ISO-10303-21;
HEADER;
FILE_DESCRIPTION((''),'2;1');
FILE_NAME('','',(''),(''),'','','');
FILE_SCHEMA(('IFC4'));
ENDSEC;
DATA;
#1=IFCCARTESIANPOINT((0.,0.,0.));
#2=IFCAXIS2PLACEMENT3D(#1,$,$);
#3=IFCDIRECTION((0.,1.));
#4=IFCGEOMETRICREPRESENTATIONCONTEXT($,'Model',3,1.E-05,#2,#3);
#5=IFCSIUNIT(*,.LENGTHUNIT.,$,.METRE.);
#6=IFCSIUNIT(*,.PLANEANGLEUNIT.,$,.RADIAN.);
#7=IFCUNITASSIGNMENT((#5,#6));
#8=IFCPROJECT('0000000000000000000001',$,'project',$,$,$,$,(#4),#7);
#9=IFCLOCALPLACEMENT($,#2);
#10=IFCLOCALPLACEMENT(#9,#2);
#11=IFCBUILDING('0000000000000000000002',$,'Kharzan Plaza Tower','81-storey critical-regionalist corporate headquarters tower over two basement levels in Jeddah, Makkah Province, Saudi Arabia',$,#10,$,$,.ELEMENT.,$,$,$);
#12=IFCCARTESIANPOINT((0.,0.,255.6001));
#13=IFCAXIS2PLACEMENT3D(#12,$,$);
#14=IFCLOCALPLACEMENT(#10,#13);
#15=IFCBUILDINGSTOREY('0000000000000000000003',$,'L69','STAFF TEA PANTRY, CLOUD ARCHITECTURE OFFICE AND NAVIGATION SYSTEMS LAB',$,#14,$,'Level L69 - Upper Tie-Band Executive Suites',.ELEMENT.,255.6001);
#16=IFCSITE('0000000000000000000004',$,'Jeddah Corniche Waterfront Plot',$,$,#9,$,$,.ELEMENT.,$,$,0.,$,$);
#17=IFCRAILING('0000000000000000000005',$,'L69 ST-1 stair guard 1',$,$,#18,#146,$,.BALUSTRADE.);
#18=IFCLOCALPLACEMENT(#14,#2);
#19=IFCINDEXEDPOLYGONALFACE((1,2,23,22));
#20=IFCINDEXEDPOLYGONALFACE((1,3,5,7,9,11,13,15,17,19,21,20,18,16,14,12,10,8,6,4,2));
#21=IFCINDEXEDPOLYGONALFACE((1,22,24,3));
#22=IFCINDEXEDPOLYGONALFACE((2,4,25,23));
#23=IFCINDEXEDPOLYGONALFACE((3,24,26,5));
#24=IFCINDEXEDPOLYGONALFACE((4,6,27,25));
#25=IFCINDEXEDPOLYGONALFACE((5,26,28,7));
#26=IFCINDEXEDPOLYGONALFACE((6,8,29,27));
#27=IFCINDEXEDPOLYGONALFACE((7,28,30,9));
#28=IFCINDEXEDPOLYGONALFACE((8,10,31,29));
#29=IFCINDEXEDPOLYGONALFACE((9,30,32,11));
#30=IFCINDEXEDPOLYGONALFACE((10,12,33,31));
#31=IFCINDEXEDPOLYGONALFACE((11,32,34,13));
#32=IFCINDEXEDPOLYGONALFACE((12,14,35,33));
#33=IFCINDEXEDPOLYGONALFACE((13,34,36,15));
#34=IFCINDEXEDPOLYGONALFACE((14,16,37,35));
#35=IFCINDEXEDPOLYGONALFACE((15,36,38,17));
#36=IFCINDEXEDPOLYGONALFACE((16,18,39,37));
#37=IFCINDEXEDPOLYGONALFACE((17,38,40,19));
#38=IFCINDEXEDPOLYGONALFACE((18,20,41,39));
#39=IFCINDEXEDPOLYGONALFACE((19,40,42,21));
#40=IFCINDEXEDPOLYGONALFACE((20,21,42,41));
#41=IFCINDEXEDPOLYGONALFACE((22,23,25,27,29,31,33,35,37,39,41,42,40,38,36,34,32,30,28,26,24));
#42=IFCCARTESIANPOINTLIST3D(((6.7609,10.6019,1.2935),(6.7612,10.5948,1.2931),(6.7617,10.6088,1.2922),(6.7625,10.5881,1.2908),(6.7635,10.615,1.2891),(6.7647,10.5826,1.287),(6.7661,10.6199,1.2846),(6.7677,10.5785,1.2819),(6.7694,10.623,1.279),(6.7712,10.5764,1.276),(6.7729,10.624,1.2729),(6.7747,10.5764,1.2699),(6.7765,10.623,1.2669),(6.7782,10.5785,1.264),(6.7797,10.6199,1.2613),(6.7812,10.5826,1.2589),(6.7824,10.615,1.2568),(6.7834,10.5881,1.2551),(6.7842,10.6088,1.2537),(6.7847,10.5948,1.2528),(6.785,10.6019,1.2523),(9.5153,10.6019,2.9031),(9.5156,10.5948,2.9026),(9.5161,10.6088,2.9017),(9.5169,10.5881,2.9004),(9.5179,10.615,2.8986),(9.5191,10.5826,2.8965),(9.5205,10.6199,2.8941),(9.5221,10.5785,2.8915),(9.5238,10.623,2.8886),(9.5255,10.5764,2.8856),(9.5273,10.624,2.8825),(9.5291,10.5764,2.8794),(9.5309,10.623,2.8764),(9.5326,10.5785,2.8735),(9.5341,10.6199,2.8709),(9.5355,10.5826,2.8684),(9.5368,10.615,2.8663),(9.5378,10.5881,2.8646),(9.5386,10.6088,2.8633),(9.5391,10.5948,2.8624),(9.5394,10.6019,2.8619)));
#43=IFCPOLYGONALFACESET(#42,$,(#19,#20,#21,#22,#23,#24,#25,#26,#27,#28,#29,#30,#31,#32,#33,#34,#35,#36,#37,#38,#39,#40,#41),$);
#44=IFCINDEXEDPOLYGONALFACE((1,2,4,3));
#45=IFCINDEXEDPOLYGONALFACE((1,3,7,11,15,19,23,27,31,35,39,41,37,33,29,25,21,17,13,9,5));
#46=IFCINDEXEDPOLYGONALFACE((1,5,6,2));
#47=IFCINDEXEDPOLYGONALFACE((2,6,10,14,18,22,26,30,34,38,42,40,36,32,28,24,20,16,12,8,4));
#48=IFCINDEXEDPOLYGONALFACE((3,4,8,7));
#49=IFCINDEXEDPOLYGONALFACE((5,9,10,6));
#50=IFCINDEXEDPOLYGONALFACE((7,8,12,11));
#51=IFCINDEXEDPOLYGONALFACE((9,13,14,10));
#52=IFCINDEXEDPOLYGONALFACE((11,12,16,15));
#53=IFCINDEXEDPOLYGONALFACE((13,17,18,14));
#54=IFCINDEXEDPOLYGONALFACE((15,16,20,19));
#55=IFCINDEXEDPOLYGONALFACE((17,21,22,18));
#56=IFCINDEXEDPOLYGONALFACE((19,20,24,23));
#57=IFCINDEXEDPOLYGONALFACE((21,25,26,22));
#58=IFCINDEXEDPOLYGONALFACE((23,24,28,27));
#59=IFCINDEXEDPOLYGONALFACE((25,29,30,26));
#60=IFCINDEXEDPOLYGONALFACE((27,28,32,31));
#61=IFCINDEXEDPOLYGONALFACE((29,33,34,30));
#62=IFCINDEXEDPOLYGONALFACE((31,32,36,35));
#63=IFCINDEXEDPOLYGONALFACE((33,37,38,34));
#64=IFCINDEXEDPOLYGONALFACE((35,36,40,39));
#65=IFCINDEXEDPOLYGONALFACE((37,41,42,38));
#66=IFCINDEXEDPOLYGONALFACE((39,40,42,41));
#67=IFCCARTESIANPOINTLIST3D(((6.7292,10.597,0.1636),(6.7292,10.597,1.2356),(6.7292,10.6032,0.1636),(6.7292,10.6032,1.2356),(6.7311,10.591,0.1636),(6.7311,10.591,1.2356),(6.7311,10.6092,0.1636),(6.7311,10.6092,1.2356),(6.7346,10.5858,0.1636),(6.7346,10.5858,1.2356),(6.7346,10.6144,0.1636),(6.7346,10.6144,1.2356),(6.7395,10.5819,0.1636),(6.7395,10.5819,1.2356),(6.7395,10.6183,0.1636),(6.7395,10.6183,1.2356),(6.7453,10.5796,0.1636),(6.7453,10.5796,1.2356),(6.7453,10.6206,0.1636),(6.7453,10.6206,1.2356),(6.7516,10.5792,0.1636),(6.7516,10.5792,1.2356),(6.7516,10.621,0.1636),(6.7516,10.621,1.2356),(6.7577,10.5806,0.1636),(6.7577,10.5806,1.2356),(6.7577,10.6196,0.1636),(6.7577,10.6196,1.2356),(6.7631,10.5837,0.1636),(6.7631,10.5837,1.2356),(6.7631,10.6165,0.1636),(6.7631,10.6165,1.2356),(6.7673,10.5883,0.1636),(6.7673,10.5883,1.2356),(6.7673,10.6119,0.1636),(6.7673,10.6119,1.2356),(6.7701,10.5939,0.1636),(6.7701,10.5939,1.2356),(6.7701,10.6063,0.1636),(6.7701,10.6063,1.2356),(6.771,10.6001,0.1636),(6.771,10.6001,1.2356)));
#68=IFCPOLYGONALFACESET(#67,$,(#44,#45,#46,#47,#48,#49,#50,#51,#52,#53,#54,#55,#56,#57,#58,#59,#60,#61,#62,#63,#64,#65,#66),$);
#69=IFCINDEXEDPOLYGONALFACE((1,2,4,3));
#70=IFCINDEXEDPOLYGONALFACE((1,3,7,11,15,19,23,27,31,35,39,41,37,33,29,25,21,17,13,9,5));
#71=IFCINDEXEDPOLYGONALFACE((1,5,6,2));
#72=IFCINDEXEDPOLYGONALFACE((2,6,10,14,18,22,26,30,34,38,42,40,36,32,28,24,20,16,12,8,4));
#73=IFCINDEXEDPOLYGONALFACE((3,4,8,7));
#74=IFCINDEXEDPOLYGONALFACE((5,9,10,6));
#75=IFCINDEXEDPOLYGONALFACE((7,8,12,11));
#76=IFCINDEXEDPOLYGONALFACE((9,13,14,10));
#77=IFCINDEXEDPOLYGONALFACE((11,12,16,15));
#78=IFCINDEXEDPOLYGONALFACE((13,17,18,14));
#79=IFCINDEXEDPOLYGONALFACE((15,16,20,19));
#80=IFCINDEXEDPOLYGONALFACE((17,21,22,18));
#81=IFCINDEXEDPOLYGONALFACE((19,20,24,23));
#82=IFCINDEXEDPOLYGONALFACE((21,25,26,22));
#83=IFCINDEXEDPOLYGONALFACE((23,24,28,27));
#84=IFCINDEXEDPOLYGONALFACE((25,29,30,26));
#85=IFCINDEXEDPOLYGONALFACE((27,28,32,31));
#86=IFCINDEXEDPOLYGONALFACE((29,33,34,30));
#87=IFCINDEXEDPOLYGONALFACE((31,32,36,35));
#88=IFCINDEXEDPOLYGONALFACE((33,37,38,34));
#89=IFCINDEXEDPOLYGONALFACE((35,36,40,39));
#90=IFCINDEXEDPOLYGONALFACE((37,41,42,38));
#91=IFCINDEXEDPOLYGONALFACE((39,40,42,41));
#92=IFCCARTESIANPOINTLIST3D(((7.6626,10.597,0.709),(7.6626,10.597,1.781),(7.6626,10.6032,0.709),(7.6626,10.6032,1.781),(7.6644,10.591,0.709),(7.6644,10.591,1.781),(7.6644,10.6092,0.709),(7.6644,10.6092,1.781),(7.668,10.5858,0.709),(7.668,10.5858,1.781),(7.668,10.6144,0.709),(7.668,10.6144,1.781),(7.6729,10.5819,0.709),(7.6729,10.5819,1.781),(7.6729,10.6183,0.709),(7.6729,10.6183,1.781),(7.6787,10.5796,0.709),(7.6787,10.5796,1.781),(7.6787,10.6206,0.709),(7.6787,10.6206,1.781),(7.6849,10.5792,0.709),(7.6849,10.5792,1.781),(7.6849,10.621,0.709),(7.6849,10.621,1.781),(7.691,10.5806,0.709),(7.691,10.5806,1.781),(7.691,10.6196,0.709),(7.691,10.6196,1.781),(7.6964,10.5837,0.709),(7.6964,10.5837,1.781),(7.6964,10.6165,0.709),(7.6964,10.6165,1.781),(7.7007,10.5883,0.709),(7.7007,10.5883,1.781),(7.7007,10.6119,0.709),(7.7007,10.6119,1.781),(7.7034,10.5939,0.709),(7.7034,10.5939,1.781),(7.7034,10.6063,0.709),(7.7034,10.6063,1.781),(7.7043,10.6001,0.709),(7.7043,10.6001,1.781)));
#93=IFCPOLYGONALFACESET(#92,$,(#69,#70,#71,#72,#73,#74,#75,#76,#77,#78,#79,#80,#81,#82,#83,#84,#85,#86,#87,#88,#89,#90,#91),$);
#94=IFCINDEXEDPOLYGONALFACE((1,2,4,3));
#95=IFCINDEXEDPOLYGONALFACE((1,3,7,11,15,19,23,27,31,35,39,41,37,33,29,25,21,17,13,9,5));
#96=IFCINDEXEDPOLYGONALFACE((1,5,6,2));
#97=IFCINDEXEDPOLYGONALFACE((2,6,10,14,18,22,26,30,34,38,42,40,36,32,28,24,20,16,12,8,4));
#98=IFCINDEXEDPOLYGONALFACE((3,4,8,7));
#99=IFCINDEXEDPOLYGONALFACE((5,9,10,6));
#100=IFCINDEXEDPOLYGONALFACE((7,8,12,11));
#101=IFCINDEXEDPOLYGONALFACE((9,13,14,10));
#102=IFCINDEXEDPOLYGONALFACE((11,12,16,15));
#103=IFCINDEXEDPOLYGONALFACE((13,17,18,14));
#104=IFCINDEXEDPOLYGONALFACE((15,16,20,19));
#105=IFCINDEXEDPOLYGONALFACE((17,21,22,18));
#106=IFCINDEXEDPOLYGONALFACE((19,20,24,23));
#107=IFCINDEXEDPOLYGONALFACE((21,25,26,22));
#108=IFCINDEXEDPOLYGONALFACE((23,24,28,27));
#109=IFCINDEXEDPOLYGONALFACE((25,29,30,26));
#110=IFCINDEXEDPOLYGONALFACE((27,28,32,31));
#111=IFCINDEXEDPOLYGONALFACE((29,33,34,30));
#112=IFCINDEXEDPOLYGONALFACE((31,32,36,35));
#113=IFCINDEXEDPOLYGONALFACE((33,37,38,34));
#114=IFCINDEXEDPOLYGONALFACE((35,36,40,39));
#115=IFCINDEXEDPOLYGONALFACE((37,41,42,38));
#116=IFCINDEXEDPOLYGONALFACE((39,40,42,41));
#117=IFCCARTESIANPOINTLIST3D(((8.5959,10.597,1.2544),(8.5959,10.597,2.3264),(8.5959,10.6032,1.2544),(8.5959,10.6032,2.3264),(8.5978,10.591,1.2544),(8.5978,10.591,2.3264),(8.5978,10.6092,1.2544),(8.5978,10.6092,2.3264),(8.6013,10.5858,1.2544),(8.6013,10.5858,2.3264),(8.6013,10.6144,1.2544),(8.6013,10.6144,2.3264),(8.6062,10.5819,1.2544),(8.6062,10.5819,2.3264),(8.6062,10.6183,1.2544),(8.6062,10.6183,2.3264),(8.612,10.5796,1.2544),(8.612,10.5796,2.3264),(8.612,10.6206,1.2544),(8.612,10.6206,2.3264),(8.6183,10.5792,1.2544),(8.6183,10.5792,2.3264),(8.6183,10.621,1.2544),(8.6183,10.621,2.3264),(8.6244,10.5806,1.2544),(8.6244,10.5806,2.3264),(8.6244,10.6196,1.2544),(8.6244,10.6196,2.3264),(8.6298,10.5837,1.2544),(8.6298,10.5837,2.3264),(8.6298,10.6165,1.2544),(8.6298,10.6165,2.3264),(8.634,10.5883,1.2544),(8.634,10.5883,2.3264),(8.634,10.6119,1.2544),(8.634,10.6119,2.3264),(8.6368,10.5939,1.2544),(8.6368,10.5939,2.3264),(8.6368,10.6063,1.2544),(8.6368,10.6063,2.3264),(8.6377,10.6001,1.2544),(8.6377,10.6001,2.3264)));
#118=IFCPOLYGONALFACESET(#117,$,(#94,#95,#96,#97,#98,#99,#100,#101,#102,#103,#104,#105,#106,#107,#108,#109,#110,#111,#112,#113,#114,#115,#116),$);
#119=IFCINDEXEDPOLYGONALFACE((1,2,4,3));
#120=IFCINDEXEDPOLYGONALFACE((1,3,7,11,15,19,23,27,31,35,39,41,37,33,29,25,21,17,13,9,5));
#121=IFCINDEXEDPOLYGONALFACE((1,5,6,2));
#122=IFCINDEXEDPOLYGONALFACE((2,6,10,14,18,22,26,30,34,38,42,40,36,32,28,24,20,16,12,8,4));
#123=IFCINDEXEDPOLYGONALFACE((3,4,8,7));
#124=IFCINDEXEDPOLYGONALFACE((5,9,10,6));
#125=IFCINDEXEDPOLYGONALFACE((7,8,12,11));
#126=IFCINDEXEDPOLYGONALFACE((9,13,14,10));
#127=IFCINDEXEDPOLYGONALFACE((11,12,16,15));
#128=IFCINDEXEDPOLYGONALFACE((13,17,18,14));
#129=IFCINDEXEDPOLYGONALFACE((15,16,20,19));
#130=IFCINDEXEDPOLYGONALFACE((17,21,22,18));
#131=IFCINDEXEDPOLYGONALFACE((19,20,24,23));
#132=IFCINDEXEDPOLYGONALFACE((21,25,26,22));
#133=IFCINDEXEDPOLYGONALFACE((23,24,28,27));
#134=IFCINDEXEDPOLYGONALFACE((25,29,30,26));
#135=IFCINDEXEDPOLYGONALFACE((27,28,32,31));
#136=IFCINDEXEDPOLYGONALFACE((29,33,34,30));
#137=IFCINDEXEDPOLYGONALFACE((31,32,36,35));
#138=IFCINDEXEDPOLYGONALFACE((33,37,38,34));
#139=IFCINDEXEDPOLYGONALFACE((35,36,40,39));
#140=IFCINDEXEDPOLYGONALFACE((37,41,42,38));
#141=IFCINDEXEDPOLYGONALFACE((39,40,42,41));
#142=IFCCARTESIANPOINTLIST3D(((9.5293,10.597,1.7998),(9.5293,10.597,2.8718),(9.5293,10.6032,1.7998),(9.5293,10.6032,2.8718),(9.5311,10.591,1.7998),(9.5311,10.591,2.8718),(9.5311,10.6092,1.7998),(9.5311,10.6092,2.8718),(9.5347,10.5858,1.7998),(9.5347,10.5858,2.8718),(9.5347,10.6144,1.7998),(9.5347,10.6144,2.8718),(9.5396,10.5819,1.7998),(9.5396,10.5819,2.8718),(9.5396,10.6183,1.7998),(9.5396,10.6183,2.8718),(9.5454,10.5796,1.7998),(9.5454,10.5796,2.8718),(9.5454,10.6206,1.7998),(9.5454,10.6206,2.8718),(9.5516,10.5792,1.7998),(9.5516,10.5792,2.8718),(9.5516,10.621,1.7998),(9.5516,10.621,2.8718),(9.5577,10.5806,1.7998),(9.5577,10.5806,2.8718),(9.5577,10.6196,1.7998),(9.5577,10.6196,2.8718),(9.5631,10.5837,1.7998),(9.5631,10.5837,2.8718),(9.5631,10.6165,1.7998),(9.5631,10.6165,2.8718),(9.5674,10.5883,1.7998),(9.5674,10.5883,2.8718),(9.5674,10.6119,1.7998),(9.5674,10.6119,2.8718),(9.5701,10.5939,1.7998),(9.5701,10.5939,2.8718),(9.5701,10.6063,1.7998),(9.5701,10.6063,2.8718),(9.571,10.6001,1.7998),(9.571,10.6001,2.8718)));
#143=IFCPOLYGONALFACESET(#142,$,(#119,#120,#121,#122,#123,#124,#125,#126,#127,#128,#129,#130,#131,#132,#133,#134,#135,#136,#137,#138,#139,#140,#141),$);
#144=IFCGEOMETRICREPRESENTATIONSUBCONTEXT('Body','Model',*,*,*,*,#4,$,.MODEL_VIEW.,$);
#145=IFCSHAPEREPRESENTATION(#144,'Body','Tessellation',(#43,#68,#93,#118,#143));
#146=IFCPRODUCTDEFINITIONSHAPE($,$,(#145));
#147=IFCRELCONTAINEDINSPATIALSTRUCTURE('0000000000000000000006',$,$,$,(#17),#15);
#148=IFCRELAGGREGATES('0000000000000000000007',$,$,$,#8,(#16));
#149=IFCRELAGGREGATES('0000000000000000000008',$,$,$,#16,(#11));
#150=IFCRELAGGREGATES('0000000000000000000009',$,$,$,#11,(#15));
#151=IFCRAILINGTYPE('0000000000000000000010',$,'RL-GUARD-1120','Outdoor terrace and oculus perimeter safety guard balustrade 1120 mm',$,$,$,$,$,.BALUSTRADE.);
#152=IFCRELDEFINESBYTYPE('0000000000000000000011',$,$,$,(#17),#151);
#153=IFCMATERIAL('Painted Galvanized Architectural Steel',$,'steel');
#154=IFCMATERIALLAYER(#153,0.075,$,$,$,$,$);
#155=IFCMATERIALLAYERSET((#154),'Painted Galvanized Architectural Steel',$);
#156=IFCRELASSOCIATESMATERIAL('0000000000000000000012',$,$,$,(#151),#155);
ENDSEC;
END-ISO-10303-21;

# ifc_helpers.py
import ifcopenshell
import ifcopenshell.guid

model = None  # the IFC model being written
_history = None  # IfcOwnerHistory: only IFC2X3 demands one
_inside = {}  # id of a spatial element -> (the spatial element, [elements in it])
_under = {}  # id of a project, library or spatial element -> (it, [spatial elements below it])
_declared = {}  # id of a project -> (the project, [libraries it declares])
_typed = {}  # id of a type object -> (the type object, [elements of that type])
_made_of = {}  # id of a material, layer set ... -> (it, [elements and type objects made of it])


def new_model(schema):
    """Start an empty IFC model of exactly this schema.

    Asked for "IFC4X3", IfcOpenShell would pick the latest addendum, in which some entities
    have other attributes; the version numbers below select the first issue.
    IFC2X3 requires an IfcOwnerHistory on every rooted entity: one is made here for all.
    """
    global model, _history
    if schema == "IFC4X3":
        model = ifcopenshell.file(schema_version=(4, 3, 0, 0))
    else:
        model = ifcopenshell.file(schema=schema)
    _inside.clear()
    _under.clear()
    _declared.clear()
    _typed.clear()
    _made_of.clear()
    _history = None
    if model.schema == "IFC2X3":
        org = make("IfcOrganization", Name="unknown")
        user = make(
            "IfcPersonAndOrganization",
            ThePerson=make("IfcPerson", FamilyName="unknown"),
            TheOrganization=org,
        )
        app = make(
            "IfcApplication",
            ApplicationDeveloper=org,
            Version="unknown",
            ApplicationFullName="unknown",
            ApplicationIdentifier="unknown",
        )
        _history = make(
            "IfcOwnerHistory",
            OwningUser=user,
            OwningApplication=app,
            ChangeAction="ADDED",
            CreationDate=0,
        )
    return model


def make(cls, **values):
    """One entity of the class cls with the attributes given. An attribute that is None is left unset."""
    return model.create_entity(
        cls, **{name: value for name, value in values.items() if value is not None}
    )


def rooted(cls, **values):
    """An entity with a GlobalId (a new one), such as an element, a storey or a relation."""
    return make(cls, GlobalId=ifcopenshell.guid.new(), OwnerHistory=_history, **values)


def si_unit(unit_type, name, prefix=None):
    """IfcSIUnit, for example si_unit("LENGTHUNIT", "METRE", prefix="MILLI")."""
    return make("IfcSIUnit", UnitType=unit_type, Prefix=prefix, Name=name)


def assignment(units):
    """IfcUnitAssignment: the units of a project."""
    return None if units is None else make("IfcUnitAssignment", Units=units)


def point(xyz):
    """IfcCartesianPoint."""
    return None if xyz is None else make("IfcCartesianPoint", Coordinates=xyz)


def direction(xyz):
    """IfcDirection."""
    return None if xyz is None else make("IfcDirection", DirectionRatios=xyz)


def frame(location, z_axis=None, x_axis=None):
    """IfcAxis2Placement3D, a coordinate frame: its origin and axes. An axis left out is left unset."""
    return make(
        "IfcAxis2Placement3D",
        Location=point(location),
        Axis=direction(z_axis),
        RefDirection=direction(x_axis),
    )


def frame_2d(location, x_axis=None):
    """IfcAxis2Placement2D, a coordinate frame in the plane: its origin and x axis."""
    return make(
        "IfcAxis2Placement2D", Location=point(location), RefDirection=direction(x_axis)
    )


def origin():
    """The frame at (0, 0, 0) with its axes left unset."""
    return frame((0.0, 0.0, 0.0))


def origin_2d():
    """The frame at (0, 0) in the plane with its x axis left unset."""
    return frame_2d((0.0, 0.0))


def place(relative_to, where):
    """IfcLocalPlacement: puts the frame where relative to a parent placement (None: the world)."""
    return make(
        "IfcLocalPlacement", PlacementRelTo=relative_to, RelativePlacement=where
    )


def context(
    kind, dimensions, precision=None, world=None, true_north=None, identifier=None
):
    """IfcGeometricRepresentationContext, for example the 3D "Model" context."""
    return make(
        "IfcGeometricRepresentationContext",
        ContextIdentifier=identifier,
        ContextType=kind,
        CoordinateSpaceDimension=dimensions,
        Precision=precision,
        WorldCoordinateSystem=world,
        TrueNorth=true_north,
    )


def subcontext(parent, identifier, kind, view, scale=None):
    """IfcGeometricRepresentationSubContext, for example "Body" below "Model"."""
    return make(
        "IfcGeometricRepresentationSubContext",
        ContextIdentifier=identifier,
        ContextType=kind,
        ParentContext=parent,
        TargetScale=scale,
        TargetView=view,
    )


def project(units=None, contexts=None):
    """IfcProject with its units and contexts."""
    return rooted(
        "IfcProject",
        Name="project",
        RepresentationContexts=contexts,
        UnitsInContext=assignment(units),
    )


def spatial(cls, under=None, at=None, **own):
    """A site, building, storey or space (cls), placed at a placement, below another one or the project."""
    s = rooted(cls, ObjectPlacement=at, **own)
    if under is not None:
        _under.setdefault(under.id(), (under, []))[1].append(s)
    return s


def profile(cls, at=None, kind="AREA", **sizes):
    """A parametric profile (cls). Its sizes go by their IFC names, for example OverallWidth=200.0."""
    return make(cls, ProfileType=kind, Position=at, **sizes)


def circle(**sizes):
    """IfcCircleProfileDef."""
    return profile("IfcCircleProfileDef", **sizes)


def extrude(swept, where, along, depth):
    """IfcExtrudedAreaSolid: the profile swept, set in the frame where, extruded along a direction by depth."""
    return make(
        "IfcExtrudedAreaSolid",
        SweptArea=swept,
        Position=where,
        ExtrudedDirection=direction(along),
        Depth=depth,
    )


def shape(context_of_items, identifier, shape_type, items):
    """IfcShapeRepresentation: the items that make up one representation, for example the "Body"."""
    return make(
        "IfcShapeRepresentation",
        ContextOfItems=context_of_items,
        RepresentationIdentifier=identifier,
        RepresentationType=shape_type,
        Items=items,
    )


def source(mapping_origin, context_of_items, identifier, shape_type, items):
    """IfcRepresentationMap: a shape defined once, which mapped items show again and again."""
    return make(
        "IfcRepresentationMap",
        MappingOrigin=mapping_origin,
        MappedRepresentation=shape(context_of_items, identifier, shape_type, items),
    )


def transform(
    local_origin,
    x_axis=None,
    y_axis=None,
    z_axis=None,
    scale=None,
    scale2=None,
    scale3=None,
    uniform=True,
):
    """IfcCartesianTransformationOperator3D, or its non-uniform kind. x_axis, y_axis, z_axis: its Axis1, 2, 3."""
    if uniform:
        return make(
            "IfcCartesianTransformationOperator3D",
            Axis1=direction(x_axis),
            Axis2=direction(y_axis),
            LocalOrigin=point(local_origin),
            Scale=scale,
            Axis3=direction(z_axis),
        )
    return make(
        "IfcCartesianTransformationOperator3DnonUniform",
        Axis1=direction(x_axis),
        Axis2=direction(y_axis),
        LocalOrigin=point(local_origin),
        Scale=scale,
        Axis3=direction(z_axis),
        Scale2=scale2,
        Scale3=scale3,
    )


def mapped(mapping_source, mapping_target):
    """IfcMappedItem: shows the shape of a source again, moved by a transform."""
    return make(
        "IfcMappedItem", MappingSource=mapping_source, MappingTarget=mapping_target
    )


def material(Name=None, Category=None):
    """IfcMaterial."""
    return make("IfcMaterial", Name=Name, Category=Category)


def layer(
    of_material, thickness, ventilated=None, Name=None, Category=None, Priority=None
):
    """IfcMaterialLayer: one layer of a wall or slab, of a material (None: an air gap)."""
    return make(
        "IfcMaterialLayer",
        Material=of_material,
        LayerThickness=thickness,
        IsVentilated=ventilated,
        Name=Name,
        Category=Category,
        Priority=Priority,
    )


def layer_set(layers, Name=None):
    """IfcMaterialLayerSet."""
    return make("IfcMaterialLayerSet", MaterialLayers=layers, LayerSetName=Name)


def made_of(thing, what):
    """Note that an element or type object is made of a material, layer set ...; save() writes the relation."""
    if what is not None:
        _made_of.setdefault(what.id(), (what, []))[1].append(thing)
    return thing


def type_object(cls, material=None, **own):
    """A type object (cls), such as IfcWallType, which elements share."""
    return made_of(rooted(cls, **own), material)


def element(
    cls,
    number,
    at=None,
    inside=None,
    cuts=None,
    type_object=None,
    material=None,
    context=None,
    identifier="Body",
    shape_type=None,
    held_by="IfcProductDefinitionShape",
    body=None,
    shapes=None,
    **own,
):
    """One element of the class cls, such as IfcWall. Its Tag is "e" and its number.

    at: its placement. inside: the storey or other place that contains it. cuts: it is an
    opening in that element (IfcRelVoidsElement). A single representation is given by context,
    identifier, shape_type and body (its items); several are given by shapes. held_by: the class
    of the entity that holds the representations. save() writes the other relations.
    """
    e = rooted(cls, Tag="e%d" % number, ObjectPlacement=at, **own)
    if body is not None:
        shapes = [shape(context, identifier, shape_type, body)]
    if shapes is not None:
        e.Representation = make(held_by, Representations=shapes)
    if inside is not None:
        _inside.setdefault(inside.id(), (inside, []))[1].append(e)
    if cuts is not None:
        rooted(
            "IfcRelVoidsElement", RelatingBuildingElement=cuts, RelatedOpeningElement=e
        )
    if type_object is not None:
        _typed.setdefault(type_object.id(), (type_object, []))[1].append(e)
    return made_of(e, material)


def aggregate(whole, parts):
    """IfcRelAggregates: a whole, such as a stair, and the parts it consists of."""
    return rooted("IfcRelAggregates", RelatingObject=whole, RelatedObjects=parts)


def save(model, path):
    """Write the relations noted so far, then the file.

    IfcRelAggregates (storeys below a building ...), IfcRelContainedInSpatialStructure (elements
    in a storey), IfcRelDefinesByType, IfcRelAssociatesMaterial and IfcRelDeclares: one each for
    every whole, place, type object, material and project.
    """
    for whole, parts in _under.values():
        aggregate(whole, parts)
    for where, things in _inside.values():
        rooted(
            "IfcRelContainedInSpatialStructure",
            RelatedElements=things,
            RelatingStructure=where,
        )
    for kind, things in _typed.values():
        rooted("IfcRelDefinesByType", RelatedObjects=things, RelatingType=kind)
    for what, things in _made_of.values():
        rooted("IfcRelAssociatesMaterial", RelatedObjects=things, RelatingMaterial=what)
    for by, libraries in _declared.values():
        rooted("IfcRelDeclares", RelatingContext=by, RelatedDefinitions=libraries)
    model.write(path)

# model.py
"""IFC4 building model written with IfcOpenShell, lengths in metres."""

from ifc_helpers import new_model, si_unit, direction, frame, origin, origin_2d, place, context, subcontext, project, spatial, circle, extrude, source, transform, mapped, material, layer, layer_set, type_object, element, save


model = new_model("IFC4")

# Units and contexts
model_context = context("Model", 3, precision=1e-05, world=origin(), true_north=direction((0.0, 1.0)))
body_context = subcontext(model_context, "Body", "Model", "MODEL_VIEW")
ifc_project = project(units=[si_unit("LENGTHUNIT", "METRE"), si_unit("PLANEANGLEUNIT", "RADIAN")], contexts=[model_context])

# Site, building, storey
site_placement = place(None, origin())
site = spatial("IfcSite", under=ifc_project, at=site_placement, Name="Jeddah Corniche Waterfront Plot", CompositionType="ELEMENT", RefElevation=0.0)
building_placement = place(site_placement, origin())
building = spatial("IfcBuilding", under=site, at=building_placement, Name="Kharzan Plaza Tower", Description="81-storey critical-regionalist corporate headquarters tower over two basement levels in Jeddah, Makkah Province, Saudi Arabia", CompositionType="ELEMENT")
storey_placement = place(building_placement, frame((0.0, 0.0, 255.6001)))
storey = spatial("IfcBuildingStorey", under=building, at=storey_placement, Name="L69", Description="STAFF TEA PANTRY, CLOUD ARCHITECTURE OFFICE AND NAVIGATION SYSTEMS LAB", LongName="Level L69 - Upper Tie-Band Executive Suites", CompositionType="ELEMENT", Elevation=255.6001)

# Railing
ifc_material_1 = material(Name="Painted Galvanized Architectural Steel", Category="steel")
ifc_layer_1 = layer(ifc_material_1, 0.075)
ifc_layer_set_1 = layer_set([ifc_layer_1], Name="Painted Galvanized Architectural Steel")
railing_type_1 = type_object("IfcRailingType", Name="RL-GUARD-1120", Description="Outdoor terrace and oculus perimeter safety guard balustrade 1120 mm", PredefinedType="BALUSTRADE", material=ifc_layer_set_1)
shared_shape_1 = source(origin(), body_context, "Body", "SweptSolid", [
    extrude(circle(Radius=0.0239, at=origin_2d()), frame((0.0229, 0.0, 1.1094), z_axis=(0.863394, 0.0, 0.504531), x_axis=(0.0, 1.0, 0.0)), (0.0, 0.0, 1.0), 3.1902),
    extrude(circle(Radius=0.021, at=origin_2d()), origin(), (0.0, 0.0, 1.0), 1.072),
    extrude(circle(Radius=0.021, at=origin_2d()), frame((0.9333, 0.0, 0.5454)), (0.0, 0.0, 1.0), 1.072),
    extrude(circle(Radius=0.021, at=origin_2d()), frame((1.8667, 0.0, 1.0908)), (0.0, 0.0, 1.0), 1.072),
    extrude(circle(Radius=0.021, at=origin_2d()), frame((2.8, 0.0, 1.6362)), (0.0, 0.0, 1.0), 1.072),
])
railing_1_placement = place(storey_placement, frame((6.75, 10.6001, 0.1636)))
element("IfcRailing", 1, at=railing_1_placement, inside=storey, type_object=railing_type_1, Name="L69 ST-1 stair guard 1", PredefinedType="BALUSTRADE", context=body_context, shape_type="MappedRepresentation", body=[
    mapped(shared_shape_1, transform((0.0, 0.0, 0.0), x_axis=(1.0, 0.0, 0.0), y_axis=(0.0, 1.0, 0.0), z_axis=(0.0, 0.0, 1.0))),
])

save(model, "model.ifc")
